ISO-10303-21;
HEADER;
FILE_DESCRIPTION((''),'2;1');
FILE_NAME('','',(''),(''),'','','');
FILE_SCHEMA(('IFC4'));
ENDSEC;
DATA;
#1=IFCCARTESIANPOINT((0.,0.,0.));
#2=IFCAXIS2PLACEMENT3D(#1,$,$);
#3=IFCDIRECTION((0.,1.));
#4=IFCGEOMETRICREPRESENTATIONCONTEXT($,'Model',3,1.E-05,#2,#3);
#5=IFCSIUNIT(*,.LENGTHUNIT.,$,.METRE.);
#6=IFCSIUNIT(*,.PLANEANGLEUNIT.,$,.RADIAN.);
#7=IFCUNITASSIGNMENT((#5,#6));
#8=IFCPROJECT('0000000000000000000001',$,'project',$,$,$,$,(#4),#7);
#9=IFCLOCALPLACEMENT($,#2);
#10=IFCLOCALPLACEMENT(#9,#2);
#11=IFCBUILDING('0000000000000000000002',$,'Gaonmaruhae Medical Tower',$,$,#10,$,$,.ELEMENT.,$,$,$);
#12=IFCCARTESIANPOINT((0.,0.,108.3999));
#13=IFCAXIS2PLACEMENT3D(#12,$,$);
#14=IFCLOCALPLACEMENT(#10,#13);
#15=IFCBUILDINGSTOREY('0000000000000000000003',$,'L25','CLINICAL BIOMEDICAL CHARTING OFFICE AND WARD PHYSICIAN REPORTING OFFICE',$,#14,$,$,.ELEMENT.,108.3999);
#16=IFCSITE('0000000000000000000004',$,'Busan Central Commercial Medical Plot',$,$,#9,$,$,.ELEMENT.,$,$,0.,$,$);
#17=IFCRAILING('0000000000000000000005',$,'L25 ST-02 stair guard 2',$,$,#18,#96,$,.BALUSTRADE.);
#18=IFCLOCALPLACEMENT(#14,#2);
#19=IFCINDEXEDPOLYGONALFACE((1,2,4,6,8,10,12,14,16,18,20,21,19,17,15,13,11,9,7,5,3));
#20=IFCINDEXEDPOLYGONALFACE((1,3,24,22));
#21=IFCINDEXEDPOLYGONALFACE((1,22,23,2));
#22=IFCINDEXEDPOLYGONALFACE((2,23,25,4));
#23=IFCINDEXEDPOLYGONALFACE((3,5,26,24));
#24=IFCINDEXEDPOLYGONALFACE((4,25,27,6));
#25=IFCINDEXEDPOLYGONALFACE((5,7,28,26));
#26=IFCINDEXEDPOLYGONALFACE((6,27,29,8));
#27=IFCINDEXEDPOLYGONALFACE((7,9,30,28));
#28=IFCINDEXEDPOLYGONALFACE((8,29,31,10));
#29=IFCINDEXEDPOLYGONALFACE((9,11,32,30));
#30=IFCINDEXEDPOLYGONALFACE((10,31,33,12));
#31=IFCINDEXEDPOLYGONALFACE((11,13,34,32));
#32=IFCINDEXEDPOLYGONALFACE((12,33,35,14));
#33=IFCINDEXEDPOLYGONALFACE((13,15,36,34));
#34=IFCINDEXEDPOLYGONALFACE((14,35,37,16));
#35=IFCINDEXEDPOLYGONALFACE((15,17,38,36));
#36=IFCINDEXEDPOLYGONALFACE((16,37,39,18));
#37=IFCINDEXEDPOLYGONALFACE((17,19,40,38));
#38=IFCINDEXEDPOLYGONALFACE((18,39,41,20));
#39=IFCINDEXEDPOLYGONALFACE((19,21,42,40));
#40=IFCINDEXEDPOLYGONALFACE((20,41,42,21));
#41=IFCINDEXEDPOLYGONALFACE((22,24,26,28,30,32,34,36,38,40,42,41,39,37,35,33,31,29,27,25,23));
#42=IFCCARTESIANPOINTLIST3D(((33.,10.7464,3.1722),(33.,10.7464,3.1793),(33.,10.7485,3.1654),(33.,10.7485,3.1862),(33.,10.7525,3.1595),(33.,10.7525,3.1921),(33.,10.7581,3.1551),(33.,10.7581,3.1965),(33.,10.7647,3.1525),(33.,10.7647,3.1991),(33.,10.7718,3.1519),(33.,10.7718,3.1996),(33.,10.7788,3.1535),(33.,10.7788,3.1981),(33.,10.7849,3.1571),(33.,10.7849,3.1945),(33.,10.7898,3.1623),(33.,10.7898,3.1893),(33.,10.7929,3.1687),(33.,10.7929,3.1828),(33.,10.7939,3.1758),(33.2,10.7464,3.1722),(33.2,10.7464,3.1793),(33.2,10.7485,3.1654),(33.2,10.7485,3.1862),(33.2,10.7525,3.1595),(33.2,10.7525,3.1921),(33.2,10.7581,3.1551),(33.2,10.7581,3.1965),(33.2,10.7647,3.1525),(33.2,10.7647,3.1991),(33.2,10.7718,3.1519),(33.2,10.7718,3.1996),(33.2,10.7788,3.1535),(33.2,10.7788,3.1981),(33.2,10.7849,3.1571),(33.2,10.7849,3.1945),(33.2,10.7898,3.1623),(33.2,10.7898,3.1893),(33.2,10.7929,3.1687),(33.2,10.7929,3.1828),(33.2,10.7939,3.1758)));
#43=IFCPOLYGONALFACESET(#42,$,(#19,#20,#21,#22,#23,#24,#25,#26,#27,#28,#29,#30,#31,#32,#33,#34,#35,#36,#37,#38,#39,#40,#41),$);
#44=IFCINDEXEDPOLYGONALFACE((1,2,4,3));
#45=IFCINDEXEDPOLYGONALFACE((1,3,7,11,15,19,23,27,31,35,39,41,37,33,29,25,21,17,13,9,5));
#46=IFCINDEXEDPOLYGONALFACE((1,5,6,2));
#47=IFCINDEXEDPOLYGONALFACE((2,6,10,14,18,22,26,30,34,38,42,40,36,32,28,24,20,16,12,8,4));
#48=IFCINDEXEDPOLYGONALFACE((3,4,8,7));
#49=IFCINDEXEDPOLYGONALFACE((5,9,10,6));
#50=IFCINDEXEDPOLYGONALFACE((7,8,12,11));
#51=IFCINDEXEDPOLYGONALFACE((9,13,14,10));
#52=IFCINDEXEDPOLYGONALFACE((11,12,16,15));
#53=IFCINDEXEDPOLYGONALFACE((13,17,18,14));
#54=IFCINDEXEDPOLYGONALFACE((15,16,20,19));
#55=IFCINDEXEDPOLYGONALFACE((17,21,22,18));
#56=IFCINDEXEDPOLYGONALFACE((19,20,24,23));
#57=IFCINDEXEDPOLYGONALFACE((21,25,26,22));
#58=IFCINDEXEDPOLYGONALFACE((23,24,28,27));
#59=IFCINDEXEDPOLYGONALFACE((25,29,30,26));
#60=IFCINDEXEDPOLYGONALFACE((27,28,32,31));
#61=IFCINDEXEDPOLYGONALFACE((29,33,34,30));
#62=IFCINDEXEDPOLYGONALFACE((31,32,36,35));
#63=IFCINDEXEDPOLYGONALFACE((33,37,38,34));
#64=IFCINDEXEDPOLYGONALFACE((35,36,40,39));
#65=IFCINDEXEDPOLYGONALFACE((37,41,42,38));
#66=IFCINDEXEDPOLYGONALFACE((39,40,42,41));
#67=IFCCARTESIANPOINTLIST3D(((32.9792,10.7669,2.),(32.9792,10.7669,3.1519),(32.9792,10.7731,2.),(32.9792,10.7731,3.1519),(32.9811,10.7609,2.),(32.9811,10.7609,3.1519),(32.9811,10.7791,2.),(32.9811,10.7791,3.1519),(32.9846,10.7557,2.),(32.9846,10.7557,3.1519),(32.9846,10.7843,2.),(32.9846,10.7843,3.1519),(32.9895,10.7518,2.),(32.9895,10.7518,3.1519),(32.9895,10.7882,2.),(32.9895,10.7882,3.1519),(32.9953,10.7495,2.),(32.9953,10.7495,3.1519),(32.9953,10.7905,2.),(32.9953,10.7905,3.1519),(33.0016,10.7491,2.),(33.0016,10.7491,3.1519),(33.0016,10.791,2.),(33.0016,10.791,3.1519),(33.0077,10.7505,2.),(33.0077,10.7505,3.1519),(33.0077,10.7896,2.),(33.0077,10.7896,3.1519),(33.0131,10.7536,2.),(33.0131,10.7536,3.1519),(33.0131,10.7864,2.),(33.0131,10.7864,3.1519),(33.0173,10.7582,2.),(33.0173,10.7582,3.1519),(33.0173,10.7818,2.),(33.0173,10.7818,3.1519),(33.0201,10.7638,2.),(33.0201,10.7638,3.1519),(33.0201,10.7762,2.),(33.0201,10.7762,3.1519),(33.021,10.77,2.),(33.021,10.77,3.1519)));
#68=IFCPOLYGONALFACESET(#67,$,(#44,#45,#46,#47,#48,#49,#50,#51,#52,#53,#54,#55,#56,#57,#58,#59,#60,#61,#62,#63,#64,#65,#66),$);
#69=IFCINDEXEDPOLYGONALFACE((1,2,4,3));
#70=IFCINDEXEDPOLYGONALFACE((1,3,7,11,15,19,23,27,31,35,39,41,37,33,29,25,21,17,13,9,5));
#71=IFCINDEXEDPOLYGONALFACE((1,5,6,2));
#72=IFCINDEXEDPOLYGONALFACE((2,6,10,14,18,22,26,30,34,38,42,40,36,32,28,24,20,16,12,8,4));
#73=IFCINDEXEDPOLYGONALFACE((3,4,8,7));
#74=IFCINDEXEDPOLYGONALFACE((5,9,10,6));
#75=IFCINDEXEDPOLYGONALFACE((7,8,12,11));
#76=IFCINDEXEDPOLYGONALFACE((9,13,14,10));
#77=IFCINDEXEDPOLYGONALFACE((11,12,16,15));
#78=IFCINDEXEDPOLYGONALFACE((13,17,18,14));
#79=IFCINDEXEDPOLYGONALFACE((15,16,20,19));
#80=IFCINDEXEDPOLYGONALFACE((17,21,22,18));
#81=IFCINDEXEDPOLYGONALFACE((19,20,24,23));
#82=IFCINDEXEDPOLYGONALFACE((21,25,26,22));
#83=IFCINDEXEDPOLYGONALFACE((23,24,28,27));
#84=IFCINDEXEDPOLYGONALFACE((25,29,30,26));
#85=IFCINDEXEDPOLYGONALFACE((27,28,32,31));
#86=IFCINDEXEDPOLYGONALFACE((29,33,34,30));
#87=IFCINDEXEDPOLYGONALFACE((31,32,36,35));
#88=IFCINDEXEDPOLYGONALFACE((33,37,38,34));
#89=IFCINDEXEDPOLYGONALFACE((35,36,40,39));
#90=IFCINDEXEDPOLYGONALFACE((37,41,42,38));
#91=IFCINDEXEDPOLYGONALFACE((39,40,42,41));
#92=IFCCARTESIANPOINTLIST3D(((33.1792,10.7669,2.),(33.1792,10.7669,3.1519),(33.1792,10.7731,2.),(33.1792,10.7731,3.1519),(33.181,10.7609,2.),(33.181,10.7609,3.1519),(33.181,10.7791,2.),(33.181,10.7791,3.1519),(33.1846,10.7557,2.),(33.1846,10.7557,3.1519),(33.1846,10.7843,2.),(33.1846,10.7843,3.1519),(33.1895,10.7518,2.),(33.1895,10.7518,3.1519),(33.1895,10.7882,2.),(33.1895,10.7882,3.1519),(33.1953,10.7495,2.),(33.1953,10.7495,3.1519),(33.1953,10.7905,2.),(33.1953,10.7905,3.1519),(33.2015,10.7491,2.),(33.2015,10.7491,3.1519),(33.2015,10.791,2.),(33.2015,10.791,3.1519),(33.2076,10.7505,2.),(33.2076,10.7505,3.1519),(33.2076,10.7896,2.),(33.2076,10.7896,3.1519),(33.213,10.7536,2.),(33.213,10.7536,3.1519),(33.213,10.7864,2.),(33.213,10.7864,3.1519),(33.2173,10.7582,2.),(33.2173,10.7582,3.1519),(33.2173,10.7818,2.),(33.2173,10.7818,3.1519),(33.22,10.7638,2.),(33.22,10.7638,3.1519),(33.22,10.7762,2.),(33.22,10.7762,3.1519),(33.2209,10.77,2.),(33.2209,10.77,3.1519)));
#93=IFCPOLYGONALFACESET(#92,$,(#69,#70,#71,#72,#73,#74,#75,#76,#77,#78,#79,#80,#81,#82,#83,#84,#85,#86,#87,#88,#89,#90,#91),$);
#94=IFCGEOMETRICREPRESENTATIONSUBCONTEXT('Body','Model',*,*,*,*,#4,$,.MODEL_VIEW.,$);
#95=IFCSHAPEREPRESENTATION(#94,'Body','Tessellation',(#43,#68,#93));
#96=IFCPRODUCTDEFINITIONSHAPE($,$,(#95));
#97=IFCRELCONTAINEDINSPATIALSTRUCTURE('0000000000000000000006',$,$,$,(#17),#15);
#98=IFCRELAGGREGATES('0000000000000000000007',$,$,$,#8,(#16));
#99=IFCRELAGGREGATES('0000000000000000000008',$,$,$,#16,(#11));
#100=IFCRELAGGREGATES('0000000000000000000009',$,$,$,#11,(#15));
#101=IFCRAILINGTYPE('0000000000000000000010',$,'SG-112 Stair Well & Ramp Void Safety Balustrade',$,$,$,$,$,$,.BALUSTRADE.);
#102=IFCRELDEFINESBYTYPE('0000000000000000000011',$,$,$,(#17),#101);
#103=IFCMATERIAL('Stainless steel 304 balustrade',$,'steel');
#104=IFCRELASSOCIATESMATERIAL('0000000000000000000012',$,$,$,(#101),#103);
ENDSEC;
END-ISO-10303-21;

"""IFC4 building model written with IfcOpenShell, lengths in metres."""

from ifc_helpers import new_model, si_unit, direction, frame, origin, origin_2d, place, context, subcontext, project, spatial, circle, extrude, material, type_object, element, save


model = new_model("IFC4")

# Units and contexts
model_context = context("Model", 3, precision=1e-05, world=origin(), true_north=direction((0.0, 1.0)))
body_context = subcontext(model_context, "Body", "Model", "MODEL_VIEW")
ifc_project = project(units=[si_unit("LENGTHUNIT", "METRE"), si_unit("PLANEANGLEUNIT", "RADIAN")], contexts=[model_context])

# Site, building, storey
site_placement = place(None, origin())
site = spatial("IfcSite", under=ifc_project, at=site_placement, Name="Busan Central Commercial Medical Plot", CompositionType="ELEMENT", RefElevation=0.0)
building_placement = place(site_placement, origin())
building = spatial("IfcBuilding", under=site, at=building_placement, Name="Gaonmaruhae Medical Tower", CompositionType="ELEMENT")
storey_placement = place(building_placement, frame((0.0, 0.0, 108.3999)))
storey = spatial("IfcBuildingStorey", under=building, at=storey_placement, Name="L25", Description="CLINICAL BIOMEDICAL CHARTING OFFICE AND WARD PHYSICIAN REPORTING OFFICE", CompositionType="ELEMENT", Elevation=108.3999)

# Railing
ifc_material_1 = material(Name="Stainless steel 304 balustrade", Category="steel")
railing_type_1 = type_object("IfcRailingType", Name="SG-112 Stair Well & Ramp Void Safety Balustrade", PredefinedType="BALUSTRADE", material=ifc_material_1)
railing_1_placement = place(storey_placement, frame((33.0, 10.77, 2.0)))
element("IfcRailing", 1, at=railing_1_placement, inside=storey, type_object=railing_type_1, Name="L25 ST-02 stair guard 2", PredefinedType="BALUSTRADE", context=body_context, shape_type="SweptSolid", body=[
    extrude(circle(Radius=0.0239, at=origin_2d()), frame((0.0, 0.0, 1.1758), z_axis=(1.0, 0.0, 0.0), x_axis=(0.0, 1.0, 0.0)), (0.0, 0.0, 1.0), 0.2),
    extrude(circle(Radius=0.021, at=origin_2d()), origin(), (0.0, 0.0, 1.0), 1.1519),
    extrude(circle(Radius=0.021, at=origin_2d()), frame((0.2, 0.0, 0.0)), (0.0, 0.0, 1.0), 1.1519),
])

save(model, "model.ifc")
